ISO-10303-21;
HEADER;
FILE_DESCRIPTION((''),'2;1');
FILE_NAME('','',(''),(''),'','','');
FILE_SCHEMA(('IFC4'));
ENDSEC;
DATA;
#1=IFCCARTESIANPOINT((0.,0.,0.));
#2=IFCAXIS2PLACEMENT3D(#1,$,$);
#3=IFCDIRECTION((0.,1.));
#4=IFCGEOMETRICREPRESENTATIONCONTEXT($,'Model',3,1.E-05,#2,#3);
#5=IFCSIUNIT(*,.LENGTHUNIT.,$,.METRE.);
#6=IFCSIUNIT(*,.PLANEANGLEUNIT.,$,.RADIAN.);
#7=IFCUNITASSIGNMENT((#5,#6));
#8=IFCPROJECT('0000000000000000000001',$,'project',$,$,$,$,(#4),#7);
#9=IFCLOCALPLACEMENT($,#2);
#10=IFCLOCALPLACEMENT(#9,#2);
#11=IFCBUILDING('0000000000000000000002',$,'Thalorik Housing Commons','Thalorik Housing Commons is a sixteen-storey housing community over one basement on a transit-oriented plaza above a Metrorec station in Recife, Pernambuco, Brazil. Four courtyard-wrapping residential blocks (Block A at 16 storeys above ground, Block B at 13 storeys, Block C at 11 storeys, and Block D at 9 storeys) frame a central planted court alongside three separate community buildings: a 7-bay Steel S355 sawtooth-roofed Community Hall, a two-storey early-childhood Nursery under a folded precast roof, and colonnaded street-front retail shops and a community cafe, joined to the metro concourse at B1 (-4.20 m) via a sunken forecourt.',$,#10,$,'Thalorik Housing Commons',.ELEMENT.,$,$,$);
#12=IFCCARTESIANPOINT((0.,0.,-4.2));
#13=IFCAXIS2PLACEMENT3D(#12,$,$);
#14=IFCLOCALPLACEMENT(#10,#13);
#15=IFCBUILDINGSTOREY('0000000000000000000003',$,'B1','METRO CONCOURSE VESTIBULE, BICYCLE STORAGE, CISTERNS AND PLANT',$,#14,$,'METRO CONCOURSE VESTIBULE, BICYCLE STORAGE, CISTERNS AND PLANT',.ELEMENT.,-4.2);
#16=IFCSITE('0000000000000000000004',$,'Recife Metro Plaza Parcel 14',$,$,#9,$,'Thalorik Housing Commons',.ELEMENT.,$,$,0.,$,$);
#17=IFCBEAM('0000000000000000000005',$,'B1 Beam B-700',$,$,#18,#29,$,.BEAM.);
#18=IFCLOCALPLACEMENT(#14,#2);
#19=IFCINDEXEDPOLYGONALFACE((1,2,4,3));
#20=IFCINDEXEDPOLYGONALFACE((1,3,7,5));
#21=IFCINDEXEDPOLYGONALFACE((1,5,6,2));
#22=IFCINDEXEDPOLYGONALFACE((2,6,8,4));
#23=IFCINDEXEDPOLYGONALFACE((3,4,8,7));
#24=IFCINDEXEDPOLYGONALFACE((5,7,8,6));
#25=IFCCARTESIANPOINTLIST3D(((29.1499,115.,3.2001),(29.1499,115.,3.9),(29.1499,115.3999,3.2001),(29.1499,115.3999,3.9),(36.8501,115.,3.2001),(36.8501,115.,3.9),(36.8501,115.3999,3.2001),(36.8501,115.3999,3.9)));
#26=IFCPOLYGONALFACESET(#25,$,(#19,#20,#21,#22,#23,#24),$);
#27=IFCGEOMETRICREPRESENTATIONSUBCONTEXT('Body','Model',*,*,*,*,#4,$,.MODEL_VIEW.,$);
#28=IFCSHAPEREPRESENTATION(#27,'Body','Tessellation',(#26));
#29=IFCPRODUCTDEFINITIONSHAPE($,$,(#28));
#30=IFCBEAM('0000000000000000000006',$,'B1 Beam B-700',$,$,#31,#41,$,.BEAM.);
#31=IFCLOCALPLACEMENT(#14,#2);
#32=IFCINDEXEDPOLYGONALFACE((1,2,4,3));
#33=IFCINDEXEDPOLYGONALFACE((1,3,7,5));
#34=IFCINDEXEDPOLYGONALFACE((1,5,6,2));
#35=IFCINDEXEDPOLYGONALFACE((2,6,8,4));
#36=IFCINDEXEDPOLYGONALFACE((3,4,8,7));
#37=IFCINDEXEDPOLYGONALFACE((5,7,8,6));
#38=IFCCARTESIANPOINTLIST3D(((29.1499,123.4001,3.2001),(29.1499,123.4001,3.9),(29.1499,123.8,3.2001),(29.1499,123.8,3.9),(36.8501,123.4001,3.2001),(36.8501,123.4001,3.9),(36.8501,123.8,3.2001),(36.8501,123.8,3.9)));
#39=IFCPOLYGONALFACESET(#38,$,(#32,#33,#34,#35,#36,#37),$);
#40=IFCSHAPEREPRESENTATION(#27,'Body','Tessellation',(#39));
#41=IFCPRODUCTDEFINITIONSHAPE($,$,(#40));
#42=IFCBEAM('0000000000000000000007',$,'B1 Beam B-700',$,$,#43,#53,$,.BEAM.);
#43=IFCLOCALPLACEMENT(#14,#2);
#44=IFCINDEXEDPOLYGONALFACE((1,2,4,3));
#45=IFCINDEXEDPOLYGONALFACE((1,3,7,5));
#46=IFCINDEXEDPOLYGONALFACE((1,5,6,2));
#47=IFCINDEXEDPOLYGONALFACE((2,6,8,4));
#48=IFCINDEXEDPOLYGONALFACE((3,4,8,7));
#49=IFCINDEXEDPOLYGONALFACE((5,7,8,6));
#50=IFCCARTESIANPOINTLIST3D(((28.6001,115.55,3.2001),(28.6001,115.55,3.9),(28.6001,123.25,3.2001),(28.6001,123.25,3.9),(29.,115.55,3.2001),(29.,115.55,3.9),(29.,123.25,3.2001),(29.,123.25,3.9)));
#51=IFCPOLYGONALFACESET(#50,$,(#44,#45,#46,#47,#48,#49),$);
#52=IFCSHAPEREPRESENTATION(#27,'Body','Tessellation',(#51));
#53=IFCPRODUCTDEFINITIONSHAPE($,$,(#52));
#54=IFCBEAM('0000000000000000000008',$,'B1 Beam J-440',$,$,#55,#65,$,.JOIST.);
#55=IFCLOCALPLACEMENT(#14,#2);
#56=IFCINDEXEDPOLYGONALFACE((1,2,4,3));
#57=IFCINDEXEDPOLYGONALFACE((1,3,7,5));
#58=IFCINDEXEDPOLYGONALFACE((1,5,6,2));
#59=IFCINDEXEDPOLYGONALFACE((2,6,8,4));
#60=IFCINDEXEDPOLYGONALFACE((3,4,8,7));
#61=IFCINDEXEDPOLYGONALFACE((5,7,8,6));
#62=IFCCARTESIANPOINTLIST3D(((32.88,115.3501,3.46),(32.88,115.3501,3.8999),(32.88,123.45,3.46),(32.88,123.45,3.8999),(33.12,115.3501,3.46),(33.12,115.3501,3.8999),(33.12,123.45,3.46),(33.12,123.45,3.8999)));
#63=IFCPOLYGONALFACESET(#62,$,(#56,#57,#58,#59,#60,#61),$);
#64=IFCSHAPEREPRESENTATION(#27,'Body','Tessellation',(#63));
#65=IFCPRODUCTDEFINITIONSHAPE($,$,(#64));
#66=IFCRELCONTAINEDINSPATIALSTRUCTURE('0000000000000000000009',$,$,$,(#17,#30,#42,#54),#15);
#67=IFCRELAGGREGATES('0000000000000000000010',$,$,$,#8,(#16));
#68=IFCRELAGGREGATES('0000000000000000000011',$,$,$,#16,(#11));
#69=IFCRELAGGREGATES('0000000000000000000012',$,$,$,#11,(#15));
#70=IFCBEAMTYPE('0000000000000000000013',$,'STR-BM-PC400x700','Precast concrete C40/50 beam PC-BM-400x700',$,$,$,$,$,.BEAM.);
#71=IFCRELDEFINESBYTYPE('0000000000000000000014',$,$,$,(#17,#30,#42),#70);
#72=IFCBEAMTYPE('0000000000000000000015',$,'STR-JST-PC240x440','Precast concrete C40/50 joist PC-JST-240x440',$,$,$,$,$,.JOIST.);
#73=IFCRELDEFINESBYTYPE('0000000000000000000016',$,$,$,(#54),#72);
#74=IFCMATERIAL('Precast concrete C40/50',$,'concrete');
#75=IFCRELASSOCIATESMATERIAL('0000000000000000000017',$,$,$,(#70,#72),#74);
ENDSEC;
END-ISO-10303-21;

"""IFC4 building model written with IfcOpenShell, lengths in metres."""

from ifc_helpers import new_model, si_unit, direction, frame, origin, origin_2d, place, context, subcontext, project, spatial, rectangle, extrude, material, material_profile, profile_set, type_object, element, save


model = new_model("IFC4")

# Units and contexts
model_context = context("Model", 3, precision=1e-05, world=origin(), true_north=direction((0.0, 1.0)))
body_context = subcontext(model_context, "Body", "Model", "MODEL_VIEW")
ifc_project = project(units=[si_unit("LENGTHUNIT", "METRE"), si_unit("PLANEANGLEUNIT", "RADIAN")], contexts=[model_context])

# Site, building, storey
site_placement = place(None, origin())
site = spatial("IfcSite", under=ifc_project, at=site_placement, Name="Recife Metro Plaza Parcel 14", LongName="Thalorik Housing Commons", CompositionType="ELEMENT", RefElevation=0.0)
building_placement = place(site_placement, origin())
building = spatial("IfcBuilding", under=site, at=building_placement, Name="Thalorik Housing Commons", Description="Thalorik Housing Commons is a sixteen-storey housing community over one basement on a transit-oriented plaza above a Metrorec station in Recife, Pernambuco, Brazil. Four courtyard-wrapping residential blocks (Block A at 16 storeys above ground, Block B at 13 storeys, Block C at 11 storeys, and Block D at 9 storeys) frame a central planted court alongside three separate community buildings: a 7-bay Steel S355 sawtooth-roofed Community Hall, a two-storey early-childhood Nursery under a folded precast roof, and colonnaded street-front retail shops and a community cafe, joined to the metro concourse at B1 (-4.20 m) via a sunken forecourt.", LongName="Thalorik Housing Commons", CompositionType="ELEMENT")
storey_placement = place(building_placement, frame((0.0, 0.0, -4.2)))
storey = spatial("IfcBuildingStorey", under=building, at=storey_placement, Name="B1", Description="METRO CONCOURSE VESTIBULE, BICYCLE STORAGE, CISTERNS AND PLANT", LongName="METRO CONCOURSE VESTIBULE, BICYCLE STORAGE, CISTERNS AND PLANT", CompositionType="ELEMENT", Elevation=-4.2)

# Shared definitions
ifc_material_1 = material(Name="Precast concrete C40/50", Category="concrete")

# Beams
ifc_material_profile_1 = material_profile(ifc_material_1, rectangle(XDim=0.3999, YDim=0.7, at=origin_2d()), Name="PC 400x700", Category="concrete")
ifc_profile_set_1 = profile_set([ifc_material_profile_1], Name="Precast concrete C40/50")
beam_type_1 = type_object("IfcBeamType", Name="STR-BM-PC400x700", Description="Precast concrete C40/50 beam PC-BM-400x700", PredefinedType="BEAM", material=ifc_profile_set_1)
for number, where, z_axis, x_axis, name in (
    (1, (29.1499, 115.2, 3.55), (1.0, 0.0, 0.0), (0.0, 1.0, 0.0), "B1 Beam B-700"),
    (2, (29.1499, 123.6001, 3.55), (1.0, 0.0, 0.0), (0.0, 1.0, 0.0), "B1 Beam B-700"),
):
    element("IfcBeam", number, at=place(storey_placement, frame(where, z_axis=z_axis, x_axis=x_axis)), inside=storey, type_object=beam_type_1, Name=name, PredefinedType="BEAM", context=body_context, shape_type="SweptSolid", body=[
        extrude(rectangle(XDim=0.3999, YDim=0.7, at=origin_2d()), origin(), (0.0, 0.0, 1.0), 7.7002),
    ])
beam_1_placement = place(storey_placement, frame((28.8, 115.55, 3.55), z_axis=(0.0, 1.0, 0.0), x_axis=(-1.0, 0.0, 0.0)))
element("IfcBeam", 3, at=beam_1_placement, inside=storey, type_object=beam_type_1, Name="B1 Beam B-700", PredefinedType="BEAM", context=body_context, shape_type="SweptSolid", body=[
    extrude(rectangle(XDim=0.3999, YDim=0.7, at=origin_2d()), origin(), (0.0, 0.0, 1.0), 7.7),
])
ifc_material_profile_2 = material_profile(ifc_material_1, rectangle(XDim=0.24, YDim=0.4399, at=origin_2d()), Name="PC JST 240x440", Category="concrete")
ifc_profile_set_2 = profile_set([ifc_material_profile_2], Name="Precast concrete C40/50")
beam_type_2 = type_object("IfcBeamType", Name="STR-JST-PC240x440", Description="Precast concrete C40/50 joist PC-JST-240x440", PredefinedType="JOIST", material=ifc_profile_set_2)
beam_2_placement = place(storey_placement, frame((33.0, 115.3501, 3.6799), z_axis=(0.0, 1.0, 0.0), x_axis=(-1.0, 0.0, 0.0)))
element("IfcBeam", 4, at=beam_2_placement, inside=storey, type_object=beam_type_2, Name="B1 Beam J-440", PredefinedType="JOIST", context=body_context, shape_type="SweptSolid", body=[
    extrude(rectangle(XDim=0.24, YDim=0.4399, at=origin_2d()), origin(), (0.0, 0.0, 1.0), 8.0999),
])

save(model, "model.ifc")
